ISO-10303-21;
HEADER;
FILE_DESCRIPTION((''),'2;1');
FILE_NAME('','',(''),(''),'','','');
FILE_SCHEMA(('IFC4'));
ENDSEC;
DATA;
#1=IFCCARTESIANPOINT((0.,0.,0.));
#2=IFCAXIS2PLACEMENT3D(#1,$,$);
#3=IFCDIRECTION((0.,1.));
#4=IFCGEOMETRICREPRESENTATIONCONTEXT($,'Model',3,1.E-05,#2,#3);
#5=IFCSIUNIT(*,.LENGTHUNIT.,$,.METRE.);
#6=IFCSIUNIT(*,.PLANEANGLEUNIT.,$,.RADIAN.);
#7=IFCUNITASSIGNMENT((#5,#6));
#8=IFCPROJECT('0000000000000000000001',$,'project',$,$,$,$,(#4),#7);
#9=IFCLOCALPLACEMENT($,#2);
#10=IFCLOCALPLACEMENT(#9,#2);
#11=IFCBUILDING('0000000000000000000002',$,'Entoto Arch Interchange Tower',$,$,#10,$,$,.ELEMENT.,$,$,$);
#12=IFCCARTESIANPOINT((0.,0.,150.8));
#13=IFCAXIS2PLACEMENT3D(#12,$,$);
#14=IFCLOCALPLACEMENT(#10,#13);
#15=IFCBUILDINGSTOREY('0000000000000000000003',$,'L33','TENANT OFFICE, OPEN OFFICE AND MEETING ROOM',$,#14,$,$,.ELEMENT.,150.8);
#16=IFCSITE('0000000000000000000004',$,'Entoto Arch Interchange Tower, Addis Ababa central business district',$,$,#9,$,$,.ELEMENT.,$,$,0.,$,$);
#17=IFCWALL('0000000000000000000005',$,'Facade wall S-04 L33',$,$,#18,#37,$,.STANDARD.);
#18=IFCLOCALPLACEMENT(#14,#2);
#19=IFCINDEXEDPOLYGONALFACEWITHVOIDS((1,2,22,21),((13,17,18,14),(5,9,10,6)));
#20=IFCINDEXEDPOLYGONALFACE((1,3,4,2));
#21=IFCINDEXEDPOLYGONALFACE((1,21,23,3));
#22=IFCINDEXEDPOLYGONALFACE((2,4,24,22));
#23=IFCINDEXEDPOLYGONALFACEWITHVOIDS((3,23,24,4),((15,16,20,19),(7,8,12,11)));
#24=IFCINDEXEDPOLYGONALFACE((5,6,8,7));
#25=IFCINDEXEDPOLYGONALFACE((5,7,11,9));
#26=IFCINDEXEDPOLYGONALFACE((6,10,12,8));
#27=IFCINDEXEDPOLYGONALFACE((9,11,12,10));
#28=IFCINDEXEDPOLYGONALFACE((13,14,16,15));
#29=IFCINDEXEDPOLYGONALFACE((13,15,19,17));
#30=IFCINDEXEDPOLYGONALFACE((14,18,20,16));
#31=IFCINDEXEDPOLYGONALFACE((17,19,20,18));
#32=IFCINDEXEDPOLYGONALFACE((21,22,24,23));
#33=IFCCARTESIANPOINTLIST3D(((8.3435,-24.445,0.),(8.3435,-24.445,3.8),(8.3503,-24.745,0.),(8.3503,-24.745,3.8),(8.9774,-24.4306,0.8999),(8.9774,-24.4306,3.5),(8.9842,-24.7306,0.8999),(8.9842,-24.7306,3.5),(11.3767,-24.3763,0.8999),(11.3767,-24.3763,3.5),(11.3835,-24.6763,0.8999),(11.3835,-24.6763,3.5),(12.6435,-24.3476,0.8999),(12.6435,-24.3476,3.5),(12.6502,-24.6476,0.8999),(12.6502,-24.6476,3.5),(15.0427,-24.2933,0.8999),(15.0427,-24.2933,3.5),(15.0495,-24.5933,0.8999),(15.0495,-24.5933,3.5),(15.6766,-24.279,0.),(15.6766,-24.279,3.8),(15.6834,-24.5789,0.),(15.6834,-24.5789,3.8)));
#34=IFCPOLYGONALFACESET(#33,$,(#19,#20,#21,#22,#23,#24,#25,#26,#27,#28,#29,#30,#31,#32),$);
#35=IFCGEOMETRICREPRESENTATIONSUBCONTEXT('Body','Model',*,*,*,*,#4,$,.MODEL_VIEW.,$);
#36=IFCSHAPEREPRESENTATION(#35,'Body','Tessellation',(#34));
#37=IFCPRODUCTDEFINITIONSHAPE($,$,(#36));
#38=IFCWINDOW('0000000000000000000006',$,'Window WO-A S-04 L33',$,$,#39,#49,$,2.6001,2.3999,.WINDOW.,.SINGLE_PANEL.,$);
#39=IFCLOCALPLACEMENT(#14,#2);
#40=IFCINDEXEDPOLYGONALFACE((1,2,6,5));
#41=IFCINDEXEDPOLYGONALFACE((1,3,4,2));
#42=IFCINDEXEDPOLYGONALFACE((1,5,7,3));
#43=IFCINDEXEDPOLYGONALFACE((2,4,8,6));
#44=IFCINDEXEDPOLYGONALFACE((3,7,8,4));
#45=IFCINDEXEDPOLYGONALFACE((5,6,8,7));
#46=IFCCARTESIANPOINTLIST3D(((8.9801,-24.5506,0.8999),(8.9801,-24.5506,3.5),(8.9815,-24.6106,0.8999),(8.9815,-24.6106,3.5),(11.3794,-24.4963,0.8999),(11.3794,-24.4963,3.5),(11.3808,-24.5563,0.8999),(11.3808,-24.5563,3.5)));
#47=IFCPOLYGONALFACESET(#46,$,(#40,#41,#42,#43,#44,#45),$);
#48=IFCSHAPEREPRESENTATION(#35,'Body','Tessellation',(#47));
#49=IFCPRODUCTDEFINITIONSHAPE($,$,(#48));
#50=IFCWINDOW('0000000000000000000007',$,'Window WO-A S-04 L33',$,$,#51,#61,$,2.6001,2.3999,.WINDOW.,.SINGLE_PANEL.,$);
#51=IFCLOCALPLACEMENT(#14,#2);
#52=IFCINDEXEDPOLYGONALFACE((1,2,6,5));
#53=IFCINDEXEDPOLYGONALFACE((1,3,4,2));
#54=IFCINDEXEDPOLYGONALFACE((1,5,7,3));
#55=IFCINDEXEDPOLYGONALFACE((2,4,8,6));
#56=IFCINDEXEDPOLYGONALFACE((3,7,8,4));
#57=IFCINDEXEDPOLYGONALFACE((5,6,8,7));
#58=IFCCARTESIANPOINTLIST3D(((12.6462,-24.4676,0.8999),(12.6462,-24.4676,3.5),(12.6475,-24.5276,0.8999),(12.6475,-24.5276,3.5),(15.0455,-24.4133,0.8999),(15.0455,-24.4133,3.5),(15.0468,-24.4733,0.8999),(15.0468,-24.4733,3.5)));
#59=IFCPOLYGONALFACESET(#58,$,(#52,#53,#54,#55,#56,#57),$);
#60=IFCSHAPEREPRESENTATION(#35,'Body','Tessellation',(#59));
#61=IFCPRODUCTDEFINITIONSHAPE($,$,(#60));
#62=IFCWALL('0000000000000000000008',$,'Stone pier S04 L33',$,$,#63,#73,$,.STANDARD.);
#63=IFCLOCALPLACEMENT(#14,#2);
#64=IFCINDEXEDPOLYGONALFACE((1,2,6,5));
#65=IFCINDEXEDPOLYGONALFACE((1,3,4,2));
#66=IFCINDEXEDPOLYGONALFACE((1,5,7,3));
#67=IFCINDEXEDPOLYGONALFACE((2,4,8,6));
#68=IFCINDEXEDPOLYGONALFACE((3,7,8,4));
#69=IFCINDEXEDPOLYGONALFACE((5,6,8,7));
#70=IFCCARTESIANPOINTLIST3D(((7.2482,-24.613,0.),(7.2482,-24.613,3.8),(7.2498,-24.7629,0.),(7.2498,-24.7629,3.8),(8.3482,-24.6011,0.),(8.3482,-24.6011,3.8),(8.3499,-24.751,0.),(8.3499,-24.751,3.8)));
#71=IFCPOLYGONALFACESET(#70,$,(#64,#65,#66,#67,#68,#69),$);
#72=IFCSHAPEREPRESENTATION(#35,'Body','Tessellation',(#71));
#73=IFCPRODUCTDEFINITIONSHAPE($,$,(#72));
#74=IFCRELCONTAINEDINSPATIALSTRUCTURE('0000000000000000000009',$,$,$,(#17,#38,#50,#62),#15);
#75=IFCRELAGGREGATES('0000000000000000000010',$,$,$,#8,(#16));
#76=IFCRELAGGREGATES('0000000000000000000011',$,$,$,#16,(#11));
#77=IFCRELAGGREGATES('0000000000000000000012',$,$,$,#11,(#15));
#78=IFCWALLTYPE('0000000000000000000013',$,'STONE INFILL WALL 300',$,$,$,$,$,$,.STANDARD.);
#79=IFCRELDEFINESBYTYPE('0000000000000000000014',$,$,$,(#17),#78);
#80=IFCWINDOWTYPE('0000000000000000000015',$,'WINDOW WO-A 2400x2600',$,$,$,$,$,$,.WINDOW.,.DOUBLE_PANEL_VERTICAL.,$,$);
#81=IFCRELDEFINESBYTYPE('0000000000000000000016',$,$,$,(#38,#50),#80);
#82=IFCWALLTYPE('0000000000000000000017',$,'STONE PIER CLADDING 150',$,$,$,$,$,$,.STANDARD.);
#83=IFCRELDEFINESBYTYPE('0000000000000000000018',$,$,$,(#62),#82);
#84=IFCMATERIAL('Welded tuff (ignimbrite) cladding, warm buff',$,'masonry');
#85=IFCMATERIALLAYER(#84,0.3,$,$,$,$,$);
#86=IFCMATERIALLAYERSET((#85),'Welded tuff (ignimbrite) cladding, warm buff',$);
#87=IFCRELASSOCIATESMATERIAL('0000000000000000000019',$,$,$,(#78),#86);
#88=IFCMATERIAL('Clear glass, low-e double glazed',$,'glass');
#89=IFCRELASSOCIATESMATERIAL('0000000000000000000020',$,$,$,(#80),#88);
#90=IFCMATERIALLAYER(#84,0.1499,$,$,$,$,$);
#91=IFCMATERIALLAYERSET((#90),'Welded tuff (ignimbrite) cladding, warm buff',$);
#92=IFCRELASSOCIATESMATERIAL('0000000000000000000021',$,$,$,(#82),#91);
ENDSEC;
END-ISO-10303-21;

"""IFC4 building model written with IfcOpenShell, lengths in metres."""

from ifc_helpers import new_model, si_unit, direction, frame, frame_2d, origin, place, context, subcontext, project, spatial, rectangle, extrude, material, layer, layer_set, type_object, element, fill, save


model = new_model("IFC4")

# Units and contexts
model_context = context("Model", 3, precision=1e-05, world=origin(), true_north=direction((0.0, 1.0)))
body_context = subcontext(model_context, "Body", "Model", "MODEL_VIEW")
ifc_project = project(units=[si_unit("LENGTHUNIT", "METRE"), si_unit("PLANEANGLEUNIT", "RADIAN")], contexts=[model_context])

# Site, building, storey
site_placement = place(None, origin())
site = spatial("IfcSite", under=ifc_project, at=site_placement, Name="Entoto Arch Interchange Tower, Addis Ababa central business district", CompositionType="ELEMENT", RefElevation=0.0)
building_placement = place(site_placement, origin())
building = spatial("IfcBuilding", under=site, at=building_placement, Name="Entoto Arch Interchange Tower", CompositionType="ELEMENT")
storey_placement = place(building_placement, frame((0.0, 0.0, 150.8)))
storey = spatial("IfcBuildingStorey", under=building, at=storey_placement, Name="L33", Description="TENANT OFFICE, OPEN OFFICE AND MEETING ROOM", CompositionType="ELEMENT", Elevation=150.8)

# Shared definitions
ifc_material_1 = material(Name="Clear glass, low-e double glazed", Category="glass")

# Wall, openings, windows
ifc_material_2 = material(Name="Welded tuff (ignimbrite) cladding, warm buff", Category="masonry")
ifc_layer_1 = layer(ifc_material_2, 0.3)
ifc_layer_set_1 = layer_set([ifc_layer_1], Name="Welded tuff (ignimbrite) cladding, warm buff")
wall_type_1 = type_object("IfcWallType", Name="STONE INFILL WALL 300", PredefinedType="STANDARD", material=ifc_layer_set_1)
wall_1_placement = place(storey_placement, frame((8.3469, -24.595, 0.0), z_axis=(0.0, 0.0, 1.0), x_axis=(0.999744, 0.022634, 0.0)))
wall_1 = element("IfcWall", 1, at=wall_1_placement, inside=storey, type_object=wall_type_1, Name="Facade wall S-04 L33", PredefinedType="STANDARD", context=body_context, shape_type="SweptSolid", body=[
    extrude(rectangle(XDim=7.335, YDim=0.3, at=frame_2d((3.6675, 0.0))), origin(), (0.0, 0.0, 1.0), 3.8),
])
opening_1_placement = place(wall_1_placement, frame((0.634, 0.0, 0.8999)))
opening_1 = element("IfcOpeningElement", 2, at=opening_1_placement, cuts=wall_1, PredefinedType="OPENING", context=body_context, shape_type="SweptSolid", body=[
    extrude(rectangle(XDim=2.3999, YDim=2.6001, at=frame_2d((1.2, 1.3))), frame((0.0, 0.1602, 0.0), z_axis=(0.0, -1.0, 0.0), x_axis=(1.0, 0.0, 0.0)), (0.0, 0.0, 1.0), 0.3201),
])
opening_2_placement = place(wall_1_placement, frame((4.301, 0.0, 0.8999)))
opening_2 = element("IfcOpeningElement", 3, at=opening_2_placement, cuts=wall_1, PredefinedType="OPENING", context=body_context, shape_type="SweptSolid", body=[
    extrude(rectangle(XDim=2.3999, YDim=2.6001, at=frame_2d((1.2, 1.3))), frame((0.0, 0.1602, 0.0), z_axis=(0.0, -1.0, 0.0), x_axis=(1.0, 0.0, 0.0)), (0.0, 0.0, 1.0), 0.3201),
])
window_type = type_object("IfcWindowType", Name="WINDOW WO-A 2400x2600", PartitioningType="DOUBLE_PANEL_VERTICAL", PredefinedType="WINDOW", material=ifc_material_1)
window_1_placement = place(opening_1_placement, origin())
window_1 = element("IfcWindow", 4, at=window_1_placement, inside=storey, type_object=window_type, Name="Window WO-A S-04 L33", OverallHeight=2.6001, OverallWidth=2.3999, PartitioningType="SINGLE_PANEL", PredefinedType="WINDOW", context=body_context, shape_type="SweptSolid", body=[
    extrude(rectangle(XDim=2.3999, YDim=2.6001, at=frame_2d((1.2, 1.3))), frame((0.0, 0.03, 0.0), z_axis=(0.0, -1.0, 0.0), x_axis=(1.0, 0.0, 0.0)), (0.0, 0.0, 1.0), 0.0601),
])
fill(opening_1, window_1)
window_2_placement = place(opening_2_placement, origin())
window_2 = element("IfcWindow", 5, at=window_2_placement, inside=storey, type_object=window_type, Name="Window WO-A S-04 L33", OverallHeight=2.6001, OverallWidth=2.3999, PartitioningType="SINGLE_PANEL", PredefinedType="WINDOW", context=body_context, shape_type="SweptSolid", body=[
    extrude(rectangle(XDim=2.3999, YDim=2.6001, at=frame_2d((1.2, 1.3))), frame((0.0, 0.03, 0.0), z_axis=(0.0, -1.0, 0.0), x_axis=(1.0, 0.0, 0.0)), (0.0, 0.0, 1.0), 0.0601),
])
fill(opening_2, window_2)

# Wall
ifc_layer_2 = layer(ifc_material_2, 0.1499)
ifc_layer_set_2 = layer_set([ifc_layer_2], Name="Welded tuff (ignimbrite) cladding, warm buff")
wall_type_2 = type_object("IfcWallType", Name="STONE PIER CLADDING 150", PredefinedType="STANDARD", material=ifc_layer_set_2)
wall_2_placement = place(storey_placement, frame((7.249, -24.688, 0.0), z_axis=(0.0, 0.0, 1.0), x_axis=(0.999941, 0.010874, 0.0)))
element("IfcWall", 6, at=wall_2_placement, inside=storey, type_object=wall_type_2, Name="Stone pier S04 L33", PredefinedType="STANDARD", context=body_context, shape_type="SweptSolid", body=[
    extrude(rectangle(XDim=1.1001, YDim=0.1499, at=frame_2d((0.55, 0.0))), origin(), (0.0, 0.0, 1.0), 3.8),
])

save(model, "model.ifc")
